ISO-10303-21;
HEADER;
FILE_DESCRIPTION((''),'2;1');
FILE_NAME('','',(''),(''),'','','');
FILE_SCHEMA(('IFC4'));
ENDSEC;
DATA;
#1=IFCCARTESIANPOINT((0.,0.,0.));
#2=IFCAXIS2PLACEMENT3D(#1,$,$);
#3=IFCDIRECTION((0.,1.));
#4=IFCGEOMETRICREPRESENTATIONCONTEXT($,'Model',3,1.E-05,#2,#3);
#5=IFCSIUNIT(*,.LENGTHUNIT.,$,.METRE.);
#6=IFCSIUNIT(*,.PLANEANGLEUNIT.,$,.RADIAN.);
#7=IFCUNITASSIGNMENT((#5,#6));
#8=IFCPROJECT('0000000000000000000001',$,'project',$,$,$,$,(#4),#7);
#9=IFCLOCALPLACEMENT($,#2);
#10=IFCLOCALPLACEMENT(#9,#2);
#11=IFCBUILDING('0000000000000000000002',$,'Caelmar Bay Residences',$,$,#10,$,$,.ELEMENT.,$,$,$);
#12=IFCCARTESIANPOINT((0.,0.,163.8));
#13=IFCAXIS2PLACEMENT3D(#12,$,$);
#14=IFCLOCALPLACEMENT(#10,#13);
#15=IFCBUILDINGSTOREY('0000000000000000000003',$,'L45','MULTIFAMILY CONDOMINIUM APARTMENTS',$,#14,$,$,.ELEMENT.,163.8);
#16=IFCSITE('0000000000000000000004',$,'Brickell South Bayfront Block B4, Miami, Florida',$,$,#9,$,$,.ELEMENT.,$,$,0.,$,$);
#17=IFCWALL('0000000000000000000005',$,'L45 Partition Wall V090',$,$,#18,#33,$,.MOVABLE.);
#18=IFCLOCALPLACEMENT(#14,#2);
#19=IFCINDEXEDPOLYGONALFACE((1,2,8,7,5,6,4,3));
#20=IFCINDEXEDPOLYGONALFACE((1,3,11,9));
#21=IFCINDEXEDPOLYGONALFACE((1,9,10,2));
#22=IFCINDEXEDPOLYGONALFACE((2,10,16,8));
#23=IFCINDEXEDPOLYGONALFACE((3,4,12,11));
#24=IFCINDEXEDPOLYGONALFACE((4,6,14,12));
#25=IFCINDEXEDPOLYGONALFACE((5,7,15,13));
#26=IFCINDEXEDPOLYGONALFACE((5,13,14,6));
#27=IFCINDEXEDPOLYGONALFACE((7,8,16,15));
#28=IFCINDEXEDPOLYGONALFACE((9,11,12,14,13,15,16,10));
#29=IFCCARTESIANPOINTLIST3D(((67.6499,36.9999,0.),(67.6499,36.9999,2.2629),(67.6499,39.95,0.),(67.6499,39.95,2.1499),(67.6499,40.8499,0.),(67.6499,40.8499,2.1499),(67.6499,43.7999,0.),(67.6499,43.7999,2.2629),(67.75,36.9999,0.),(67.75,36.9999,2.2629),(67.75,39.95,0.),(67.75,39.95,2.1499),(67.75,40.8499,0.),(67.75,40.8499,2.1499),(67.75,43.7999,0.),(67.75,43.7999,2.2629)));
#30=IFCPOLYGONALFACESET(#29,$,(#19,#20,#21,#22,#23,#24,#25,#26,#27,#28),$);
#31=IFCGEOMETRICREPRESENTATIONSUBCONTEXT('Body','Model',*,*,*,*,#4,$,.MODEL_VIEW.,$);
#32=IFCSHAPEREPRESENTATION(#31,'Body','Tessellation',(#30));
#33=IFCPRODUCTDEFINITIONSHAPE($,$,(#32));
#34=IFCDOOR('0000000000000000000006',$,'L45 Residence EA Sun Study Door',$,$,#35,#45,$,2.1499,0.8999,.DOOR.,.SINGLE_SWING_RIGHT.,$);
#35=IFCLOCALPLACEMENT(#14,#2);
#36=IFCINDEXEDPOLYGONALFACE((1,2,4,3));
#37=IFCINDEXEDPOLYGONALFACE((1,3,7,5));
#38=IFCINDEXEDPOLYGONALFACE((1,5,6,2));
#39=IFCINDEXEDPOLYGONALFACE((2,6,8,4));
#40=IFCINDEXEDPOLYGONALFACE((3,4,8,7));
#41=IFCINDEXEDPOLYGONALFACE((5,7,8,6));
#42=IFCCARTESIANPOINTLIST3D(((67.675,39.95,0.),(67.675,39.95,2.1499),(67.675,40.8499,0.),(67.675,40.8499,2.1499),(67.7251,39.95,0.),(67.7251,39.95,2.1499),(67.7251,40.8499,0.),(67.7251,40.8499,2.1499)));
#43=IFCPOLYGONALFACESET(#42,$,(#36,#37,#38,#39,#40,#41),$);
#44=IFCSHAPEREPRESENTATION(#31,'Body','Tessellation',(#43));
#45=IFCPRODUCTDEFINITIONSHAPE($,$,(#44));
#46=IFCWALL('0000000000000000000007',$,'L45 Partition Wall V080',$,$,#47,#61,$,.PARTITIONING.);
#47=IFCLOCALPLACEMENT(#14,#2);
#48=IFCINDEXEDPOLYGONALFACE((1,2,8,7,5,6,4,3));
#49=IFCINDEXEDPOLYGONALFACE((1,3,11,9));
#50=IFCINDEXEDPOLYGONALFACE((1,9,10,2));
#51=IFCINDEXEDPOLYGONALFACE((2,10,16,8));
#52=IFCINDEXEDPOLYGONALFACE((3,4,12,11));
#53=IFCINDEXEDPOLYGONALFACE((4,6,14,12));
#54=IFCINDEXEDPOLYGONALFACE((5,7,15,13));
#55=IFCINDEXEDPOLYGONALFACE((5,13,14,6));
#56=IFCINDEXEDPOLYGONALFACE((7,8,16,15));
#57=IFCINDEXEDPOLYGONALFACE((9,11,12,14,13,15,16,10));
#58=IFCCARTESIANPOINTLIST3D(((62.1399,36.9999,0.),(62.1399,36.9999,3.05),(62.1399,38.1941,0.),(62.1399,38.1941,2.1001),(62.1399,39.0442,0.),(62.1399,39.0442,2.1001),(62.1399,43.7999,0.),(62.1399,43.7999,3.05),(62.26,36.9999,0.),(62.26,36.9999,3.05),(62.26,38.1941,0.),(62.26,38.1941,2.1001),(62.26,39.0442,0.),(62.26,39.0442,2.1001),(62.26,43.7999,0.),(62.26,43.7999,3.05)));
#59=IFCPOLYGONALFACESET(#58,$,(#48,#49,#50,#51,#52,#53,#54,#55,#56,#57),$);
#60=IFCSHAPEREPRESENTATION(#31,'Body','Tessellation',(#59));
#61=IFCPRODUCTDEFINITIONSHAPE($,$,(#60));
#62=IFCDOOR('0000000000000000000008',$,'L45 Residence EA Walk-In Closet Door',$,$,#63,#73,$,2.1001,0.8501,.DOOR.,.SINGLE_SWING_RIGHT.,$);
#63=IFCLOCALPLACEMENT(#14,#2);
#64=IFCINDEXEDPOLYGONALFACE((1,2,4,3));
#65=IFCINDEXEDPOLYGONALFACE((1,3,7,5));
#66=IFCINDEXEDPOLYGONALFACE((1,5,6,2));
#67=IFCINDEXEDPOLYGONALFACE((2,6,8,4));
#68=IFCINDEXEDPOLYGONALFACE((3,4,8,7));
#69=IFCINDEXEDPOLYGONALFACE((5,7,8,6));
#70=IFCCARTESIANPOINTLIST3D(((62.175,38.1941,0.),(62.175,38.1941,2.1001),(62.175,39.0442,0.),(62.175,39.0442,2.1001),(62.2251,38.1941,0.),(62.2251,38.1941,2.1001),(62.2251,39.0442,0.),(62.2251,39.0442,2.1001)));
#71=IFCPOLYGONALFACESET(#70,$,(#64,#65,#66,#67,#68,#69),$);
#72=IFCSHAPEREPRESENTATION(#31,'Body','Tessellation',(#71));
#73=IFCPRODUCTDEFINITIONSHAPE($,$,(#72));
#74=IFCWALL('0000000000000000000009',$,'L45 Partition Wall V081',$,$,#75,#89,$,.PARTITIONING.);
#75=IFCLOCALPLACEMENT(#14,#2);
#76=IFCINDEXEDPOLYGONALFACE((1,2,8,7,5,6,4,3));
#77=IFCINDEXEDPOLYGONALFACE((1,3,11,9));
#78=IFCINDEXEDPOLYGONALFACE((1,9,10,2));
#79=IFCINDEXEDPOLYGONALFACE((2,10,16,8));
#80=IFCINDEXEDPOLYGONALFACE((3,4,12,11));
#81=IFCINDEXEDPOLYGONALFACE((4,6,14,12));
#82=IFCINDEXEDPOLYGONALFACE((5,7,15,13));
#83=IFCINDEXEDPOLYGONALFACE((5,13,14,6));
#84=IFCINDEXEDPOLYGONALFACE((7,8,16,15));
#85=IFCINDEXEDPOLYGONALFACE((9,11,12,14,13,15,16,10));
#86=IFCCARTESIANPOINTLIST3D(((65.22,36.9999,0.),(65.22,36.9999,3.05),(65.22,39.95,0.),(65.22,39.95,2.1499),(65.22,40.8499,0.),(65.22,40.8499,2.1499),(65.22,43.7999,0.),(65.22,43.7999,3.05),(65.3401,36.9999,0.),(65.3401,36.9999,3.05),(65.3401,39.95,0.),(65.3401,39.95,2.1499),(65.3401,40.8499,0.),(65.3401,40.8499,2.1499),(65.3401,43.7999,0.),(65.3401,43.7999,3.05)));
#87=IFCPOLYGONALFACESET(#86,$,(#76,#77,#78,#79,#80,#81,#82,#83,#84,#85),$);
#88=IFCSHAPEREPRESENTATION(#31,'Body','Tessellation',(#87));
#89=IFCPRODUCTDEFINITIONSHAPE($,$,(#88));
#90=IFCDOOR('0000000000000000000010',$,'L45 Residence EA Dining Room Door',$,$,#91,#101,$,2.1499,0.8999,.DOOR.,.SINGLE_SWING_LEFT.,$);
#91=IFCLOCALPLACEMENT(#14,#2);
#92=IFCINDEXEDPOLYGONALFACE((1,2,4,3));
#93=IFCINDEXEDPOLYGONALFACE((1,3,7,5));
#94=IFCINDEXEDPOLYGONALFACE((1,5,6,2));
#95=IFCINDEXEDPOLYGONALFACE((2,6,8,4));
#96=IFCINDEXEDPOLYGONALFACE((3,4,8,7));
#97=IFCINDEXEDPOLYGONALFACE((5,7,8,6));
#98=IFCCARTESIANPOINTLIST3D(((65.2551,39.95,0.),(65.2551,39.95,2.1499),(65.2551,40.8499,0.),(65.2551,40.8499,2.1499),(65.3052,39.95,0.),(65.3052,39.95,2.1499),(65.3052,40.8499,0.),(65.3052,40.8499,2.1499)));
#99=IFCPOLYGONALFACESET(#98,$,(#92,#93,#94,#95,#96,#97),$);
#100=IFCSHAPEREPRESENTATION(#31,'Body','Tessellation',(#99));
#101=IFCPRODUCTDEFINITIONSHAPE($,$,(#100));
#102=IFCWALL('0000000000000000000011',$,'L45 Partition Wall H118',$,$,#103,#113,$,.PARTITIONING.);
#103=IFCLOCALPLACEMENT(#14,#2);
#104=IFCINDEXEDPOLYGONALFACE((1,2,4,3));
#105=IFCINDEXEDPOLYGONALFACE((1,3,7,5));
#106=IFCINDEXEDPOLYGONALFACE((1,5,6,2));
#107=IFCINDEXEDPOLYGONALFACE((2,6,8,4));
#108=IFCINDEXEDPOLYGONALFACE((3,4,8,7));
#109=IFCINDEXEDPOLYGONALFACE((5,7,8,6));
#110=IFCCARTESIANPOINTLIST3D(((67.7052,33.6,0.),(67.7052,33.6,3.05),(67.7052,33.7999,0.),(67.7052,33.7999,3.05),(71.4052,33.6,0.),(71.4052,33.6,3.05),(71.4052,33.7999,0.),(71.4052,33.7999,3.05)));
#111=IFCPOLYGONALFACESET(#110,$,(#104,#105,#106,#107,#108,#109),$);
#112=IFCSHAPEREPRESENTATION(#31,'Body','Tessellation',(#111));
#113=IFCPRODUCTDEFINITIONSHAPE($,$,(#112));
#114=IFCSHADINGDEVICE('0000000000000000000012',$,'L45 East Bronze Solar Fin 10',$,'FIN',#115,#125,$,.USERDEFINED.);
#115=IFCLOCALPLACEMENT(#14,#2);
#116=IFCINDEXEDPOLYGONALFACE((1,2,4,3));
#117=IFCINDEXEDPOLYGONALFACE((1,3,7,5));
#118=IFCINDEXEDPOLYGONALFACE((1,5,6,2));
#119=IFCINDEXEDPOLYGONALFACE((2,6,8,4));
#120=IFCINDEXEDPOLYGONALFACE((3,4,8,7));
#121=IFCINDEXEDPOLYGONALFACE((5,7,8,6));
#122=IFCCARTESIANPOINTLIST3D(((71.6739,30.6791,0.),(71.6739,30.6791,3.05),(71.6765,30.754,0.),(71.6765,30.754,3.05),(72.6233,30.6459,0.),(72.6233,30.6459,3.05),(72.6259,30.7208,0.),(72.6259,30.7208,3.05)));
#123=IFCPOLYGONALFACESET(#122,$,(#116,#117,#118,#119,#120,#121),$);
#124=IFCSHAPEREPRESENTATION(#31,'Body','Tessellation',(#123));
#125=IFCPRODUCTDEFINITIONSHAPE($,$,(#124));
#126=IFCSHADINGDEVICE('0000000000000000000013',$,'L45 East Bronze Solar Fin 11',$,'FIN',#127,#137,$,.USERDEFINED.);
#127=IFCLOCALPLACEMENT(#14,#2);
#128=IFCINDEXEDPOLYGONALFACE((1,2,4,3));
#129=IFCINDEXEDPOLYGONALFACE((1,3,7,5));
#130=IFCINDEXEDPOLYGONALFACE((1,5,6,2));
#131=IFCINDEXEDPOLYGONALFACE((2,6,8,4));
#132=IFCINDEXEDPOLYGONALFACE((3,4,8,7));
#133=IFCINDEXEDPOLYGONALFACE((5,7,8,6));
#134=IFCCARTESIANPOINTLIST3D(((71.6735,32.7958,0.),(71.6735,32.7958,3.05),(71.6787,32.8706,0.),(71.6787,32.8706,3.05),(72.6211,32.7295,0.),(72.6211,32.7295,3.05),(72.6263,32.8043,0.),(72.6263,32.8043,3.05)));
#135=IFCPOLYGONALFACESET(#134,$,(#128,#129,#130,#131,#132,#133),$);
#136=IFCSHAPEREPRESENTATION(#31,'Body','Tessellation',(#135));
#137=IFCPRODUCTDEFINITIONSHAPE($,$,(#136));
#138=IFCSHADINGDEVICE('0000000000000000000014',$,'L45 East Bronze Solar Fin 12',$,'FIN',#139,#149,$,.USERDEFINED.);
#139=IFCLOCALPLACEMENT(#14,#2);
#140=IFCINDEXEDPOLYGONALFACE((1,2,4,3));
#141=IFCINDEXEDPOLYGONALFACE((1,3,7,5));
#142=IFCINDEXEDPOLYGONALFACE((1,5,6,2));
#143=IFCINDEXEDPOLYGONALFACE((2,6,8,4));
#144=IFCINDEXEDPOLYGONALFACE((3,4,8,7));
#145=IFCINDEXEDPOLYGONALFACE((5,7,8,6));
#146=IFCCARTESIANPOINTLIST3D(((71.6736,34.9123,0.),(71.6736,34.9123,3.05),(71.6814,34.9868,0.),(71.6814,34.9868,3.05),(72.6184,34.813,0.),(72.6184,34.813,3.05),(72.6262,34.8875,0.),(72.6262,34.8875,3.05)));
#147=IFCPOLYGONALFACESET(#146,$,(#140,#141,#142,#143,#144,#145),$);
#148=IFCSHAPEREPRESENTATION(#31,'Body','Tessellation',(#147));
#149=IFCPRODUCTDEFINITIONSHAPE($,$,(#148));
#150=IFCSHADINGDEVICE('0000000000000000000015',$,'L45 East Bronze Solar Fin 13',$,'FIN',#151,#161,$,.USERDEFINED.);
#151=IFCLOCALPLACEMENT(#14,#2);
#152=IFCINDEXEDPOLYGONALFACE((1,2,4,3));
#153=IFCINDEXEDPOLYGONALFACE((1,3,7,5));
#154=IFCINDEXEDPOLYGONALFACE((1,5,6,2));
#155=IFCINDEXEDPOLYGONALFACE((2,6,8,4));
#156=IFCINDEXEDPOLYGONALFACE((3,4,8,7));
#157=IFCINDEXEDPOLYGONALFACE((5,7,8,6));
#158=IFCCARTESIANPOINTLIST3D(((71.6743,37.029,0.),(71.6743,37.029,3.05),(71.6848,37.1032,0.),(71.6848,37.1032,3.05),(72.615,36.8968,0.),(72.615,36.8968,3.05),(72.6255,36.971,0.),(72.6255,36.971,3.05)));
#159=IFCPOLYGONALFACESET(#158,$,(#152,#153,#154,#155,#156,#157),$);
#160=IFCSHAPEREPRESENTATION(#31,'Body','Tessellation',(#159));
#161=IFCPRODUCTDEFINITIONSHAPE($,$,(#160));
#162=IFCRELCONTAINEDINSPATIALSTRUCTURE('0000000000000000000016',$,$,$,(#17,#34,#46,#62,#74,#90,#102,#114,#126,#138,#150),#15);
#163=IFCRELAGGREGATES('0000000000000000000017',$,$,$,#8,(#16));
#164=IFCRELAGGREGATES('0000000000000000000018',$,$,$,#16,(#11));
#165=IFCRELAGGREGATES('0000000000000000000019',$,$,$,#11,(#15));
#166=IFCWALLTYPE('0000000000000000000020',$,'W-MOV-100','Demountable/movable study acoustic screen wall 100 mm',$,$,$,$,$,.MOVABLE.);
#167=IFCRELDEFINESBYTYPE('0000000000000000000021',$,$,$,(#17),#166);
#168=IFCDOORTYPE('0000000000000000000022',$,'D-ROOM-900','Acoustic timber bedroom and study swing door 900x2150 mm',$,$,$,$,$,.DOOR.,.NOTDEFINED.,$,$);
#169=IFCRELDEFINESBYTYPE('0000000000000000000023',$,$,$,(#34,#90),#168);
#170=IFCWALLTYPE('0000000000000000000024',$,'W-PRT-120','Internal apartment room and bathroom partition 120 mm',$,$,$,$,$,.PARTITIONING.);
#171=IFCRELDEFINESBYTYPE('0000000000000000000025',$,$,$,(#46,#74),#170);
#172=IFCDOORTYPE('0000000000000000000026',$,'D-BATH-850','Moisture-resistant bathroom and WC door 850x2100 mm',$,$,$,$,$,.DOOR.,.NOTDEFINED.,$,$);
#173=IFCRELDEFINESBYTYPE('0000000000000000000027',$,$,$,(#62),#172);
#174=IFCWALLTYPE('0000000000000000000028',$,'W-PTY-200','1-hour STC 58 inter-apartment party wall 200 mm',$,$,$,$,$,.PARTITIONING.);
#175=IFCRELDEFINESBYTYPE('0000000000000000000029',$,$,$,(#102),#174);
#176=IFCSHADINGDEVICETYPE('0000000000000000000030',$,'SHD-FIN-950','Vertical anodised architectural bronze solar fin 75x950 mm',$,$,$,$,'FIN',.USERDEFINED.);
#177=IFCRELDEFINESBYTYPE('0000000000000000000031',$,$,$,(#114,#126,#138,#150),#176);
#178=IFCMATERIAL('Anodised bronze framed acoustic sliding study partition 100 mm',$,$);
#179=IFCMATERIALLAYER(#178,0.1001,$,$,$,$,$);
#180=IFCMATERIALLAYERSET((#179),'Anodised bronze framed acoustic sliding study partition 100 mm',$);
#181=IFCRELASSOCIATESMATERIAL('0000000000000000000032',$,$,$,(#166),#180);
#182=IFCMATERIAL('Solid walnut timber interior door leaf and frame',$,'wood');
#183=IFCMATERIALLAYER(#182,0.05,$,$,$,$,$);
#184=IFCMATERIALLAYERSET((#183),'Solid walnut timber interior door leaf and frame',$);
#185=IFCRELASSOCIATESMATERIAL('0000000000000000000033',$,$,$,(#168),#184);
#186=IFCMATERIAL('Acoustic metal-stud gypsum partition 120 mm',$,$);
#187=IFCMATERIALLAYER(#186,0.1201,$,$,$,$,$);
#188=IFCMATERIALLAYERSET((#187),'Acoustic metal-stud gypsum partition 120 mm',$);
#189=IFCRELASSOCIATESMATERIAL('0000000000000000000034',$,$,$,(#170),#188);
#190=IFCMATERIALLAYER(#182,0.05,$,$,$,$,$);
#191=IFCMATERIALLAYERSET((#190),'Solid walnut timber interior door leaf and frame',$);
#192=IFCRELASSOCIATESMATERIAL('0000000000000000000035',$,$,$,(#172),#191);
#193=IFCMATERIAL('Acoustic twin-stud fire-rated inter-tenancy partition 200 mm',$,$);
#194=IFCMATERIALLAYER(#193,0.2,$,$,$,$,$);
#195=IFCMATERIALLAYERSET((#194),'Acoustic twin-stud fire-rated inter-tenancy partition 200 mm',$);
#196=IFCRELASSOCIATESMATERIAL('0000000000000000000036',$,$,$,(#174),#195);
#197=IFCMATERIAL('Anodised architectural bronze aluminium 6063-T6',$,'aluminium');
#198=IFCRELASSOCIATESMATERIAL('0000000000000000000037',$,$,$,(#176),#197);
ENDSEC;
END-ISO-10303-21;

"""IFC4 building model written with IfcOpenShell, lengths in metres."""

from ifc_helpers import new_model, si_unit, direction, frame, frame_2d, origin, origin_2d, place, context, subcontext, project, spatial, rectangle, extrude, material, layer, layer_set, material_profile, profile_set, type_object, element, fill, save


model = new_model("IFC4")

# Units and contexts
model_context = context("Model", 3, precision=1e-05, world=origin(), true_north=direction((0.0, 1.0)))
body_context = subcontext(model_context, "Body", "Model", "MODEL_VIEW")
ifc_project = project(units=[si_unit("LENGTHUNIT", "METRE"), si_unit("PLANEANGLEUNIT", "RADIAN")], contexts=[model_context])

# Site, building, storey
site_placement = place(None, origin())
site = spatial("IfcSite", under=ifc_project, at=site_placement, Name="Brickell South Bayfront Block B4, Miami, Florida", CompositionType="ELEMENT", RefElevation=0.0)
building_placement = place(site_placement, origin())
building = spatial("IfcBuilding", under=site, at=building_placement, Name="Caelmar Bay Residences", CompositionType="ELEMENT")
storey_placement = place(building_placement, frame((0.0, 0.0, 163.8)))
storey = spatial("IfcBuildingStorey", under=building, at=storey_placement, Name="L45", Description="MULTIFAMILY CONDOMINIUM APARTMENTS", CompositionType="ELEMENT", Elevation=163.8)

# Walls, openings, doors
ifc_material_1 = material(Name="Anodised bronze framed acoustic sliding study partition 100 mm")
ifc_layer_1 = layer(ifc_material_1, 0.1001)
ifc_layer_set_1 = layer_set([ifc_layer_1], Name="Anodised bronze framed acoustic sliding study partition 100 mm")
wall_type_1 = type_object("IfcWallType", Name="W-MOV-100", Description="Demountable/movable study acoustic screen wall 100 mm", PredefinedType="MOVABLE", material=ifc_layer_set_1)
wall_1_placement = place(storey_placement, frame((67.7, 37.0, 0.0), z_axis=(0.0, 0.0, 1.0), x_axis=(0.0, 1.0, 0.0)))
wall_1 = element("IfcWall", 1, at=wall_1_placement, inside=storey, type_object=wall_type_1, Name="L45 Partition Wall V090", PredefinedType="MOVABLE", context=body_context, shape_type="SweptSolid", body=[
    extrude(rectangle(XDim=6.8, YDim=0.1001, at=frame_2d((3.3999, 0.0))), origin(), (0.0, 0.0, 1.0), 2.2629),
])
opening_1_placement = place(wall_1_placement, frame((2.95, 0.0, 0.0)))
opening_1 = element("IfcOpeningElement", 2, at=opening_1_placement, cuts=wall_1, PredefinedType="OPENING", context=body_context, shape_type="SweptSolid", body=[
    extrude(rectangle(XDim=0.8999, YDim=2.1499, at=frame_2d((0.45, 1.075))), frame((0.0, 0.0601, 0.0), z_axis=(0.0, -1.0, 0.0), x_axis=(1.0, 0.0, 0.0)), (0.0, 0.0, 1.0), 0.1201),
])
ifc_material_2 = material(Name="Solid walnut timber interior door leaf and frame", Category="wood")
ifc_layer_2 = layer(ifc_material_2, 0.05)
ifc_layer_set_2 = layer_set([ifc_layer_2], Name="Solid walnut timber interior door leaf and frame")
door_type_1 = type_object("IfcDoorType", Name="D-ROOM-900", Description="Acoustic timber bedroom and study swing door 900x2150 mm", OperationType="NOTDEFINED", PredefinedType="DOOR", material=ifc_layer_set_2)
door_1_placement = place(opening_1_placement, origin())
door_1 = element("IfcDoor", 3, at=door_1_placement, inside=storey, type_object=door_type_1, Name="L45 Residence EA Sun Study Door", OperationType="SINGLE_SWING_RIGHT", OverallHeight=2.1499, OverallWidth=0.8999, PredefinedType="DOOR", context=body_context, shape_type="SweptSolid", body=[
    extrude(rectangle(XDim=0.8999, YDim=2.1499, at=frame_2d((0.45, 1.075))), frame((0.0, 0.0249, 0.0), z_axis=(0.0, -1.0, 0.0), x_axis=(1.0, 0.0, 0.0)), (0.0, 0.0, 1.0), 0.05),
])
fill(opening_1, door_1)
ifc_material_3 = material(Name="Acoustic metal-stud gypsum partition 120 mm")
ifc_layer_3 = layer(ifc_material_3, 0.1201)
ifc_layer_set_3 = layer_set([ifc_layer_3], Name="Acoustic metal-stud gypsum partition 120 mm")
wall_type_2 = type_object("IfcWallType", Name="W-PRT-120", Description="Internal apartment room and bathroom partition 120 mm", PredefinedType="PARTITIONING", material=ifc_layer_set_3)
wall_2_placement = place(storey_placement, frame((62.2, 37.0, 0.0), z_axis=(0.0, 0.0, 1.0), x_axis=(0.0, 1.0, 0.0)))
wall_2 = element("IfcWall", 4, at=wall_2_placement, inside=storey, type_object=wall_type_2, Name="L45 Partition Wall V080", PredefinedType="PARTITIONING", context=body_context, shape_type="SweptSolid", body=[
    extrude(rectangle(XDim=6.8, YDim=0.1201, at=frame_2d((3.3999, 0.0))), origin(), (0.0, 0.0, 1.0), 3.05),
])
opening_2_placement = place(wall_2_placement, frame((1.1941, 0.0, 0.0)))
opening_2 = element("IfcOpeningElement", 5, at=opening_2_placement, cuts=wall_2, PredefinedType="OPENING", context=body_context, shape_type="SweptSolid", body=[
    extrude(rectangle(XDim=0.8501, YDim=2.1001, at=frame_2d((0.425, 1.05))), frame((0.0, 0.0701, 0.0), z_axis=(0.0, -1.0, 0.0), x_axis=(1.0, 0.0, 0.0)), (0.0, 0.0, 1.0), 0.1401),
])
ifc_layer_4 = layer(ifc_material_2, 0.05)
ifc_layer_set_4 = layer_set([ifc_layer_4], Name="Solid walnut timber interior door leaf and frame")
door_type_2 = type_object("IfcDoorType", Name="D-BATH-850", Description="Moisture-resistant bathroom and WC door 850x2100 mm", OperationType="NOTDEFINED", PredefinedType="DOOR", material=ifc_layer_set_4)
door_2_placement = place(opening_2_placement, origin())
door_2 = element("IfcDoor", 6, at=door_2_placement, inside=storey, type_object=door_type_2, Name="L45 Residence EA Walk-In Closet Door", OperationType="SINGLE_SWING_RIGHT", OverallHeight=2.1001, OverallWidth=0.8501, PredefinedType="DOOR", context=body_context, shape_type="SweptSolid", body=[
    extrude(rectangle(XDim=0.8501, YDim=2.1001, at=frame_2d((0.425, 1.05))), frame((0.0, 0.0249, 0.0), z_axis=(0.0, -1.0, 0.0), x_axis=(1.0, 0.0, 0.0)), (0.0, 0.0, 1.0), 0.05),
])
fill(opening_2, door_2)
wall_3_placement = place(storey_placement, frame((65.28, 37.0, 0.0), z_axis=(0.0, 0.0, 1.0), x_axis=(0.0, 1.0, 0.0)))
wall_3 = element("IfcWall", 7, at=wall_3_placement, inside=storey, type_object=wall_type_2, Name="L45 Partition Wall V081", PredefinedType="PARTITIONING", context=body_context, shape_type="SweptSolid", body=[
    extrude(rectangle(XDim=6.8, YDim=0.1201, at=frame_2d((3.3999, 0.0))), origin(), (0.0, 0.0, 1.0), 3.05),
])
opening_3_placement = place(wall_3_placement, frame((2.95, 0.0, 0.0)))
opening_3 = element("IfcOpeningElement", 8, at=opening_3_placement, cuts=wall_3, PredefinedType="OPENING", context=body_context, shape_type="SweptSolid", body=[
    extrude(rectangle(XDim=0.8999, YDim=2.1499, at=frame_2d((0.45, 1.075))), frame((0.0, 0.0701, 0.0), z_axis=(0.0, -1.0, 0.0), x_axis=(1.0, 0.0, 0.0)), (0.0, 0.0, 1.0), 0.1401),
])
door_3_placement = place(opening_3_placement, origin())
door_3 = element("IfcDoor", 9, at=door_3_placement, inside=storey, type_object=door_type_1, Name="L45 Residence EA Dining Room Door", OperationType="SINGLE_SWING_LEFT", OverallHeight=2.1499, OverallWidth=0.8999, PredefinedType="DOOR", context=body_context, shape_type="SweptSolid", body=[
    extrude(rectangle(XDim=0.8999, YDim=2.1499, at=frame_2d((0.45, 1.075))), frame((0.0, 0.0249, 0.0), z_axis=(0.0, -1.0, 0.0), x_axis=(1.0, 0.0, 0.0)), (0.0, 0.0, 1.0), 0.05),
])
fill(opening_3, door_3)

# Wall
ifc_material_4 = material(Name="Acoustic twin-stud fire-rated inter-tenancy partition 200 mm")
ifc_layer_5 = layer(ifc_material_4, 0.2)
ifc_layer_set_5 = layer_set([ifc_layer_5], Name="Acoustic twin-stud fire-rated inter-tenancy partition 200 mm")
wall_type_3 = type_object("IfcWallType", Name="W-PTY-200", Description="1-hour STC 58 inter-apartment party wall 200 mm", PredefinedType="PARTITIONING", material=ifc_layer_set_5)
wall_4_placement = place(storey_placement, frame((67.7051, 33.7, 0.0), z_axis=(0.0, 0.0, 1.0), x_axis=(1.0, 0.0, 0.0)))
element("IfcWall", 10, at=wall_4_placement, inside=storey, type_object=wall_type_3, Name="L45 Partition Wall H118", PredefinedType="PARTITIONING", context=body_context, shape_type="SweptSolid", body=[
    extrude(rectangle(XDim=3.7, YDim=0.2, at=frame_2d((1.8501, 0.0))), origin(), (0.0, 0.0, 1.0), 3.05),
])

# Shading devices
ifc_material_5 = material(Name="Anodised architectural bronze aluminium 6063-T6", Category="aluminium")
ifc_material_profile_1 = material_profile(ifc_material_5, rectangle(XDim=0.075, YDim=0.95, at=origin_2d()), Name="BRONZE-FIN-75X950")
ifc_profile_set_1 = profile_set([ifc_material_profile_1], Name="Anodised architectural bronze aluminium 6063-T6")
shading_device_type = type_object("IfcShadingDeviceType", Name="SHD-FIN-950", Description="Vertical anodised architectural bronze solar fin 75x950 mm", ElementType="FIN", PredefinedType="USERDEFINED", material=ifc_profile_set_1)
for number, where, z_axis, x_axis, name in (
    (11, (72.1499, 30.7, 0.0), (0.0, 0.0, 1.0), (0.034899, 0.999391, 0.0), "L45 East Bronze Solar Fin 10"),
    (12, (72.1499, 32.8, 0.0), (0.0, 0.0, 1.0), (0.069756, 0.997564, 0.0), "L45 East Bronze Solar Fin 11"),
    (13, (72.1499, 34.8999, 0.0), (0.0, 0.0, 1.0), (0.104528, 0.994522, 0.0), "L45 East Bronze Solar Fin 12"),
    (14, (72.1499, 37.0, 0.0), (0.0, 0.0, 1.0), (0.139173, 0.990268, 0.0), "L45 East Bronze Solar Fin 13"),
):
    element("IfcShadingDevice", number, at=place(storey_placement, frame(where, z_axis=z_axis, x_axis=x_axis)), inside=storey, type_object=shading_device_type, Name=name, ObjectType="FIN", PredefinedType="USERDEFINED", context=body_context, shape_type="SweptSolid", body=[
        extrude(rectangle(XDim=0.075, YDim=0.95, at=origin_2d()), origin(), (0.0, 0.0, 1.0), 3.05),
    ])

save(model, "model.ifc")
